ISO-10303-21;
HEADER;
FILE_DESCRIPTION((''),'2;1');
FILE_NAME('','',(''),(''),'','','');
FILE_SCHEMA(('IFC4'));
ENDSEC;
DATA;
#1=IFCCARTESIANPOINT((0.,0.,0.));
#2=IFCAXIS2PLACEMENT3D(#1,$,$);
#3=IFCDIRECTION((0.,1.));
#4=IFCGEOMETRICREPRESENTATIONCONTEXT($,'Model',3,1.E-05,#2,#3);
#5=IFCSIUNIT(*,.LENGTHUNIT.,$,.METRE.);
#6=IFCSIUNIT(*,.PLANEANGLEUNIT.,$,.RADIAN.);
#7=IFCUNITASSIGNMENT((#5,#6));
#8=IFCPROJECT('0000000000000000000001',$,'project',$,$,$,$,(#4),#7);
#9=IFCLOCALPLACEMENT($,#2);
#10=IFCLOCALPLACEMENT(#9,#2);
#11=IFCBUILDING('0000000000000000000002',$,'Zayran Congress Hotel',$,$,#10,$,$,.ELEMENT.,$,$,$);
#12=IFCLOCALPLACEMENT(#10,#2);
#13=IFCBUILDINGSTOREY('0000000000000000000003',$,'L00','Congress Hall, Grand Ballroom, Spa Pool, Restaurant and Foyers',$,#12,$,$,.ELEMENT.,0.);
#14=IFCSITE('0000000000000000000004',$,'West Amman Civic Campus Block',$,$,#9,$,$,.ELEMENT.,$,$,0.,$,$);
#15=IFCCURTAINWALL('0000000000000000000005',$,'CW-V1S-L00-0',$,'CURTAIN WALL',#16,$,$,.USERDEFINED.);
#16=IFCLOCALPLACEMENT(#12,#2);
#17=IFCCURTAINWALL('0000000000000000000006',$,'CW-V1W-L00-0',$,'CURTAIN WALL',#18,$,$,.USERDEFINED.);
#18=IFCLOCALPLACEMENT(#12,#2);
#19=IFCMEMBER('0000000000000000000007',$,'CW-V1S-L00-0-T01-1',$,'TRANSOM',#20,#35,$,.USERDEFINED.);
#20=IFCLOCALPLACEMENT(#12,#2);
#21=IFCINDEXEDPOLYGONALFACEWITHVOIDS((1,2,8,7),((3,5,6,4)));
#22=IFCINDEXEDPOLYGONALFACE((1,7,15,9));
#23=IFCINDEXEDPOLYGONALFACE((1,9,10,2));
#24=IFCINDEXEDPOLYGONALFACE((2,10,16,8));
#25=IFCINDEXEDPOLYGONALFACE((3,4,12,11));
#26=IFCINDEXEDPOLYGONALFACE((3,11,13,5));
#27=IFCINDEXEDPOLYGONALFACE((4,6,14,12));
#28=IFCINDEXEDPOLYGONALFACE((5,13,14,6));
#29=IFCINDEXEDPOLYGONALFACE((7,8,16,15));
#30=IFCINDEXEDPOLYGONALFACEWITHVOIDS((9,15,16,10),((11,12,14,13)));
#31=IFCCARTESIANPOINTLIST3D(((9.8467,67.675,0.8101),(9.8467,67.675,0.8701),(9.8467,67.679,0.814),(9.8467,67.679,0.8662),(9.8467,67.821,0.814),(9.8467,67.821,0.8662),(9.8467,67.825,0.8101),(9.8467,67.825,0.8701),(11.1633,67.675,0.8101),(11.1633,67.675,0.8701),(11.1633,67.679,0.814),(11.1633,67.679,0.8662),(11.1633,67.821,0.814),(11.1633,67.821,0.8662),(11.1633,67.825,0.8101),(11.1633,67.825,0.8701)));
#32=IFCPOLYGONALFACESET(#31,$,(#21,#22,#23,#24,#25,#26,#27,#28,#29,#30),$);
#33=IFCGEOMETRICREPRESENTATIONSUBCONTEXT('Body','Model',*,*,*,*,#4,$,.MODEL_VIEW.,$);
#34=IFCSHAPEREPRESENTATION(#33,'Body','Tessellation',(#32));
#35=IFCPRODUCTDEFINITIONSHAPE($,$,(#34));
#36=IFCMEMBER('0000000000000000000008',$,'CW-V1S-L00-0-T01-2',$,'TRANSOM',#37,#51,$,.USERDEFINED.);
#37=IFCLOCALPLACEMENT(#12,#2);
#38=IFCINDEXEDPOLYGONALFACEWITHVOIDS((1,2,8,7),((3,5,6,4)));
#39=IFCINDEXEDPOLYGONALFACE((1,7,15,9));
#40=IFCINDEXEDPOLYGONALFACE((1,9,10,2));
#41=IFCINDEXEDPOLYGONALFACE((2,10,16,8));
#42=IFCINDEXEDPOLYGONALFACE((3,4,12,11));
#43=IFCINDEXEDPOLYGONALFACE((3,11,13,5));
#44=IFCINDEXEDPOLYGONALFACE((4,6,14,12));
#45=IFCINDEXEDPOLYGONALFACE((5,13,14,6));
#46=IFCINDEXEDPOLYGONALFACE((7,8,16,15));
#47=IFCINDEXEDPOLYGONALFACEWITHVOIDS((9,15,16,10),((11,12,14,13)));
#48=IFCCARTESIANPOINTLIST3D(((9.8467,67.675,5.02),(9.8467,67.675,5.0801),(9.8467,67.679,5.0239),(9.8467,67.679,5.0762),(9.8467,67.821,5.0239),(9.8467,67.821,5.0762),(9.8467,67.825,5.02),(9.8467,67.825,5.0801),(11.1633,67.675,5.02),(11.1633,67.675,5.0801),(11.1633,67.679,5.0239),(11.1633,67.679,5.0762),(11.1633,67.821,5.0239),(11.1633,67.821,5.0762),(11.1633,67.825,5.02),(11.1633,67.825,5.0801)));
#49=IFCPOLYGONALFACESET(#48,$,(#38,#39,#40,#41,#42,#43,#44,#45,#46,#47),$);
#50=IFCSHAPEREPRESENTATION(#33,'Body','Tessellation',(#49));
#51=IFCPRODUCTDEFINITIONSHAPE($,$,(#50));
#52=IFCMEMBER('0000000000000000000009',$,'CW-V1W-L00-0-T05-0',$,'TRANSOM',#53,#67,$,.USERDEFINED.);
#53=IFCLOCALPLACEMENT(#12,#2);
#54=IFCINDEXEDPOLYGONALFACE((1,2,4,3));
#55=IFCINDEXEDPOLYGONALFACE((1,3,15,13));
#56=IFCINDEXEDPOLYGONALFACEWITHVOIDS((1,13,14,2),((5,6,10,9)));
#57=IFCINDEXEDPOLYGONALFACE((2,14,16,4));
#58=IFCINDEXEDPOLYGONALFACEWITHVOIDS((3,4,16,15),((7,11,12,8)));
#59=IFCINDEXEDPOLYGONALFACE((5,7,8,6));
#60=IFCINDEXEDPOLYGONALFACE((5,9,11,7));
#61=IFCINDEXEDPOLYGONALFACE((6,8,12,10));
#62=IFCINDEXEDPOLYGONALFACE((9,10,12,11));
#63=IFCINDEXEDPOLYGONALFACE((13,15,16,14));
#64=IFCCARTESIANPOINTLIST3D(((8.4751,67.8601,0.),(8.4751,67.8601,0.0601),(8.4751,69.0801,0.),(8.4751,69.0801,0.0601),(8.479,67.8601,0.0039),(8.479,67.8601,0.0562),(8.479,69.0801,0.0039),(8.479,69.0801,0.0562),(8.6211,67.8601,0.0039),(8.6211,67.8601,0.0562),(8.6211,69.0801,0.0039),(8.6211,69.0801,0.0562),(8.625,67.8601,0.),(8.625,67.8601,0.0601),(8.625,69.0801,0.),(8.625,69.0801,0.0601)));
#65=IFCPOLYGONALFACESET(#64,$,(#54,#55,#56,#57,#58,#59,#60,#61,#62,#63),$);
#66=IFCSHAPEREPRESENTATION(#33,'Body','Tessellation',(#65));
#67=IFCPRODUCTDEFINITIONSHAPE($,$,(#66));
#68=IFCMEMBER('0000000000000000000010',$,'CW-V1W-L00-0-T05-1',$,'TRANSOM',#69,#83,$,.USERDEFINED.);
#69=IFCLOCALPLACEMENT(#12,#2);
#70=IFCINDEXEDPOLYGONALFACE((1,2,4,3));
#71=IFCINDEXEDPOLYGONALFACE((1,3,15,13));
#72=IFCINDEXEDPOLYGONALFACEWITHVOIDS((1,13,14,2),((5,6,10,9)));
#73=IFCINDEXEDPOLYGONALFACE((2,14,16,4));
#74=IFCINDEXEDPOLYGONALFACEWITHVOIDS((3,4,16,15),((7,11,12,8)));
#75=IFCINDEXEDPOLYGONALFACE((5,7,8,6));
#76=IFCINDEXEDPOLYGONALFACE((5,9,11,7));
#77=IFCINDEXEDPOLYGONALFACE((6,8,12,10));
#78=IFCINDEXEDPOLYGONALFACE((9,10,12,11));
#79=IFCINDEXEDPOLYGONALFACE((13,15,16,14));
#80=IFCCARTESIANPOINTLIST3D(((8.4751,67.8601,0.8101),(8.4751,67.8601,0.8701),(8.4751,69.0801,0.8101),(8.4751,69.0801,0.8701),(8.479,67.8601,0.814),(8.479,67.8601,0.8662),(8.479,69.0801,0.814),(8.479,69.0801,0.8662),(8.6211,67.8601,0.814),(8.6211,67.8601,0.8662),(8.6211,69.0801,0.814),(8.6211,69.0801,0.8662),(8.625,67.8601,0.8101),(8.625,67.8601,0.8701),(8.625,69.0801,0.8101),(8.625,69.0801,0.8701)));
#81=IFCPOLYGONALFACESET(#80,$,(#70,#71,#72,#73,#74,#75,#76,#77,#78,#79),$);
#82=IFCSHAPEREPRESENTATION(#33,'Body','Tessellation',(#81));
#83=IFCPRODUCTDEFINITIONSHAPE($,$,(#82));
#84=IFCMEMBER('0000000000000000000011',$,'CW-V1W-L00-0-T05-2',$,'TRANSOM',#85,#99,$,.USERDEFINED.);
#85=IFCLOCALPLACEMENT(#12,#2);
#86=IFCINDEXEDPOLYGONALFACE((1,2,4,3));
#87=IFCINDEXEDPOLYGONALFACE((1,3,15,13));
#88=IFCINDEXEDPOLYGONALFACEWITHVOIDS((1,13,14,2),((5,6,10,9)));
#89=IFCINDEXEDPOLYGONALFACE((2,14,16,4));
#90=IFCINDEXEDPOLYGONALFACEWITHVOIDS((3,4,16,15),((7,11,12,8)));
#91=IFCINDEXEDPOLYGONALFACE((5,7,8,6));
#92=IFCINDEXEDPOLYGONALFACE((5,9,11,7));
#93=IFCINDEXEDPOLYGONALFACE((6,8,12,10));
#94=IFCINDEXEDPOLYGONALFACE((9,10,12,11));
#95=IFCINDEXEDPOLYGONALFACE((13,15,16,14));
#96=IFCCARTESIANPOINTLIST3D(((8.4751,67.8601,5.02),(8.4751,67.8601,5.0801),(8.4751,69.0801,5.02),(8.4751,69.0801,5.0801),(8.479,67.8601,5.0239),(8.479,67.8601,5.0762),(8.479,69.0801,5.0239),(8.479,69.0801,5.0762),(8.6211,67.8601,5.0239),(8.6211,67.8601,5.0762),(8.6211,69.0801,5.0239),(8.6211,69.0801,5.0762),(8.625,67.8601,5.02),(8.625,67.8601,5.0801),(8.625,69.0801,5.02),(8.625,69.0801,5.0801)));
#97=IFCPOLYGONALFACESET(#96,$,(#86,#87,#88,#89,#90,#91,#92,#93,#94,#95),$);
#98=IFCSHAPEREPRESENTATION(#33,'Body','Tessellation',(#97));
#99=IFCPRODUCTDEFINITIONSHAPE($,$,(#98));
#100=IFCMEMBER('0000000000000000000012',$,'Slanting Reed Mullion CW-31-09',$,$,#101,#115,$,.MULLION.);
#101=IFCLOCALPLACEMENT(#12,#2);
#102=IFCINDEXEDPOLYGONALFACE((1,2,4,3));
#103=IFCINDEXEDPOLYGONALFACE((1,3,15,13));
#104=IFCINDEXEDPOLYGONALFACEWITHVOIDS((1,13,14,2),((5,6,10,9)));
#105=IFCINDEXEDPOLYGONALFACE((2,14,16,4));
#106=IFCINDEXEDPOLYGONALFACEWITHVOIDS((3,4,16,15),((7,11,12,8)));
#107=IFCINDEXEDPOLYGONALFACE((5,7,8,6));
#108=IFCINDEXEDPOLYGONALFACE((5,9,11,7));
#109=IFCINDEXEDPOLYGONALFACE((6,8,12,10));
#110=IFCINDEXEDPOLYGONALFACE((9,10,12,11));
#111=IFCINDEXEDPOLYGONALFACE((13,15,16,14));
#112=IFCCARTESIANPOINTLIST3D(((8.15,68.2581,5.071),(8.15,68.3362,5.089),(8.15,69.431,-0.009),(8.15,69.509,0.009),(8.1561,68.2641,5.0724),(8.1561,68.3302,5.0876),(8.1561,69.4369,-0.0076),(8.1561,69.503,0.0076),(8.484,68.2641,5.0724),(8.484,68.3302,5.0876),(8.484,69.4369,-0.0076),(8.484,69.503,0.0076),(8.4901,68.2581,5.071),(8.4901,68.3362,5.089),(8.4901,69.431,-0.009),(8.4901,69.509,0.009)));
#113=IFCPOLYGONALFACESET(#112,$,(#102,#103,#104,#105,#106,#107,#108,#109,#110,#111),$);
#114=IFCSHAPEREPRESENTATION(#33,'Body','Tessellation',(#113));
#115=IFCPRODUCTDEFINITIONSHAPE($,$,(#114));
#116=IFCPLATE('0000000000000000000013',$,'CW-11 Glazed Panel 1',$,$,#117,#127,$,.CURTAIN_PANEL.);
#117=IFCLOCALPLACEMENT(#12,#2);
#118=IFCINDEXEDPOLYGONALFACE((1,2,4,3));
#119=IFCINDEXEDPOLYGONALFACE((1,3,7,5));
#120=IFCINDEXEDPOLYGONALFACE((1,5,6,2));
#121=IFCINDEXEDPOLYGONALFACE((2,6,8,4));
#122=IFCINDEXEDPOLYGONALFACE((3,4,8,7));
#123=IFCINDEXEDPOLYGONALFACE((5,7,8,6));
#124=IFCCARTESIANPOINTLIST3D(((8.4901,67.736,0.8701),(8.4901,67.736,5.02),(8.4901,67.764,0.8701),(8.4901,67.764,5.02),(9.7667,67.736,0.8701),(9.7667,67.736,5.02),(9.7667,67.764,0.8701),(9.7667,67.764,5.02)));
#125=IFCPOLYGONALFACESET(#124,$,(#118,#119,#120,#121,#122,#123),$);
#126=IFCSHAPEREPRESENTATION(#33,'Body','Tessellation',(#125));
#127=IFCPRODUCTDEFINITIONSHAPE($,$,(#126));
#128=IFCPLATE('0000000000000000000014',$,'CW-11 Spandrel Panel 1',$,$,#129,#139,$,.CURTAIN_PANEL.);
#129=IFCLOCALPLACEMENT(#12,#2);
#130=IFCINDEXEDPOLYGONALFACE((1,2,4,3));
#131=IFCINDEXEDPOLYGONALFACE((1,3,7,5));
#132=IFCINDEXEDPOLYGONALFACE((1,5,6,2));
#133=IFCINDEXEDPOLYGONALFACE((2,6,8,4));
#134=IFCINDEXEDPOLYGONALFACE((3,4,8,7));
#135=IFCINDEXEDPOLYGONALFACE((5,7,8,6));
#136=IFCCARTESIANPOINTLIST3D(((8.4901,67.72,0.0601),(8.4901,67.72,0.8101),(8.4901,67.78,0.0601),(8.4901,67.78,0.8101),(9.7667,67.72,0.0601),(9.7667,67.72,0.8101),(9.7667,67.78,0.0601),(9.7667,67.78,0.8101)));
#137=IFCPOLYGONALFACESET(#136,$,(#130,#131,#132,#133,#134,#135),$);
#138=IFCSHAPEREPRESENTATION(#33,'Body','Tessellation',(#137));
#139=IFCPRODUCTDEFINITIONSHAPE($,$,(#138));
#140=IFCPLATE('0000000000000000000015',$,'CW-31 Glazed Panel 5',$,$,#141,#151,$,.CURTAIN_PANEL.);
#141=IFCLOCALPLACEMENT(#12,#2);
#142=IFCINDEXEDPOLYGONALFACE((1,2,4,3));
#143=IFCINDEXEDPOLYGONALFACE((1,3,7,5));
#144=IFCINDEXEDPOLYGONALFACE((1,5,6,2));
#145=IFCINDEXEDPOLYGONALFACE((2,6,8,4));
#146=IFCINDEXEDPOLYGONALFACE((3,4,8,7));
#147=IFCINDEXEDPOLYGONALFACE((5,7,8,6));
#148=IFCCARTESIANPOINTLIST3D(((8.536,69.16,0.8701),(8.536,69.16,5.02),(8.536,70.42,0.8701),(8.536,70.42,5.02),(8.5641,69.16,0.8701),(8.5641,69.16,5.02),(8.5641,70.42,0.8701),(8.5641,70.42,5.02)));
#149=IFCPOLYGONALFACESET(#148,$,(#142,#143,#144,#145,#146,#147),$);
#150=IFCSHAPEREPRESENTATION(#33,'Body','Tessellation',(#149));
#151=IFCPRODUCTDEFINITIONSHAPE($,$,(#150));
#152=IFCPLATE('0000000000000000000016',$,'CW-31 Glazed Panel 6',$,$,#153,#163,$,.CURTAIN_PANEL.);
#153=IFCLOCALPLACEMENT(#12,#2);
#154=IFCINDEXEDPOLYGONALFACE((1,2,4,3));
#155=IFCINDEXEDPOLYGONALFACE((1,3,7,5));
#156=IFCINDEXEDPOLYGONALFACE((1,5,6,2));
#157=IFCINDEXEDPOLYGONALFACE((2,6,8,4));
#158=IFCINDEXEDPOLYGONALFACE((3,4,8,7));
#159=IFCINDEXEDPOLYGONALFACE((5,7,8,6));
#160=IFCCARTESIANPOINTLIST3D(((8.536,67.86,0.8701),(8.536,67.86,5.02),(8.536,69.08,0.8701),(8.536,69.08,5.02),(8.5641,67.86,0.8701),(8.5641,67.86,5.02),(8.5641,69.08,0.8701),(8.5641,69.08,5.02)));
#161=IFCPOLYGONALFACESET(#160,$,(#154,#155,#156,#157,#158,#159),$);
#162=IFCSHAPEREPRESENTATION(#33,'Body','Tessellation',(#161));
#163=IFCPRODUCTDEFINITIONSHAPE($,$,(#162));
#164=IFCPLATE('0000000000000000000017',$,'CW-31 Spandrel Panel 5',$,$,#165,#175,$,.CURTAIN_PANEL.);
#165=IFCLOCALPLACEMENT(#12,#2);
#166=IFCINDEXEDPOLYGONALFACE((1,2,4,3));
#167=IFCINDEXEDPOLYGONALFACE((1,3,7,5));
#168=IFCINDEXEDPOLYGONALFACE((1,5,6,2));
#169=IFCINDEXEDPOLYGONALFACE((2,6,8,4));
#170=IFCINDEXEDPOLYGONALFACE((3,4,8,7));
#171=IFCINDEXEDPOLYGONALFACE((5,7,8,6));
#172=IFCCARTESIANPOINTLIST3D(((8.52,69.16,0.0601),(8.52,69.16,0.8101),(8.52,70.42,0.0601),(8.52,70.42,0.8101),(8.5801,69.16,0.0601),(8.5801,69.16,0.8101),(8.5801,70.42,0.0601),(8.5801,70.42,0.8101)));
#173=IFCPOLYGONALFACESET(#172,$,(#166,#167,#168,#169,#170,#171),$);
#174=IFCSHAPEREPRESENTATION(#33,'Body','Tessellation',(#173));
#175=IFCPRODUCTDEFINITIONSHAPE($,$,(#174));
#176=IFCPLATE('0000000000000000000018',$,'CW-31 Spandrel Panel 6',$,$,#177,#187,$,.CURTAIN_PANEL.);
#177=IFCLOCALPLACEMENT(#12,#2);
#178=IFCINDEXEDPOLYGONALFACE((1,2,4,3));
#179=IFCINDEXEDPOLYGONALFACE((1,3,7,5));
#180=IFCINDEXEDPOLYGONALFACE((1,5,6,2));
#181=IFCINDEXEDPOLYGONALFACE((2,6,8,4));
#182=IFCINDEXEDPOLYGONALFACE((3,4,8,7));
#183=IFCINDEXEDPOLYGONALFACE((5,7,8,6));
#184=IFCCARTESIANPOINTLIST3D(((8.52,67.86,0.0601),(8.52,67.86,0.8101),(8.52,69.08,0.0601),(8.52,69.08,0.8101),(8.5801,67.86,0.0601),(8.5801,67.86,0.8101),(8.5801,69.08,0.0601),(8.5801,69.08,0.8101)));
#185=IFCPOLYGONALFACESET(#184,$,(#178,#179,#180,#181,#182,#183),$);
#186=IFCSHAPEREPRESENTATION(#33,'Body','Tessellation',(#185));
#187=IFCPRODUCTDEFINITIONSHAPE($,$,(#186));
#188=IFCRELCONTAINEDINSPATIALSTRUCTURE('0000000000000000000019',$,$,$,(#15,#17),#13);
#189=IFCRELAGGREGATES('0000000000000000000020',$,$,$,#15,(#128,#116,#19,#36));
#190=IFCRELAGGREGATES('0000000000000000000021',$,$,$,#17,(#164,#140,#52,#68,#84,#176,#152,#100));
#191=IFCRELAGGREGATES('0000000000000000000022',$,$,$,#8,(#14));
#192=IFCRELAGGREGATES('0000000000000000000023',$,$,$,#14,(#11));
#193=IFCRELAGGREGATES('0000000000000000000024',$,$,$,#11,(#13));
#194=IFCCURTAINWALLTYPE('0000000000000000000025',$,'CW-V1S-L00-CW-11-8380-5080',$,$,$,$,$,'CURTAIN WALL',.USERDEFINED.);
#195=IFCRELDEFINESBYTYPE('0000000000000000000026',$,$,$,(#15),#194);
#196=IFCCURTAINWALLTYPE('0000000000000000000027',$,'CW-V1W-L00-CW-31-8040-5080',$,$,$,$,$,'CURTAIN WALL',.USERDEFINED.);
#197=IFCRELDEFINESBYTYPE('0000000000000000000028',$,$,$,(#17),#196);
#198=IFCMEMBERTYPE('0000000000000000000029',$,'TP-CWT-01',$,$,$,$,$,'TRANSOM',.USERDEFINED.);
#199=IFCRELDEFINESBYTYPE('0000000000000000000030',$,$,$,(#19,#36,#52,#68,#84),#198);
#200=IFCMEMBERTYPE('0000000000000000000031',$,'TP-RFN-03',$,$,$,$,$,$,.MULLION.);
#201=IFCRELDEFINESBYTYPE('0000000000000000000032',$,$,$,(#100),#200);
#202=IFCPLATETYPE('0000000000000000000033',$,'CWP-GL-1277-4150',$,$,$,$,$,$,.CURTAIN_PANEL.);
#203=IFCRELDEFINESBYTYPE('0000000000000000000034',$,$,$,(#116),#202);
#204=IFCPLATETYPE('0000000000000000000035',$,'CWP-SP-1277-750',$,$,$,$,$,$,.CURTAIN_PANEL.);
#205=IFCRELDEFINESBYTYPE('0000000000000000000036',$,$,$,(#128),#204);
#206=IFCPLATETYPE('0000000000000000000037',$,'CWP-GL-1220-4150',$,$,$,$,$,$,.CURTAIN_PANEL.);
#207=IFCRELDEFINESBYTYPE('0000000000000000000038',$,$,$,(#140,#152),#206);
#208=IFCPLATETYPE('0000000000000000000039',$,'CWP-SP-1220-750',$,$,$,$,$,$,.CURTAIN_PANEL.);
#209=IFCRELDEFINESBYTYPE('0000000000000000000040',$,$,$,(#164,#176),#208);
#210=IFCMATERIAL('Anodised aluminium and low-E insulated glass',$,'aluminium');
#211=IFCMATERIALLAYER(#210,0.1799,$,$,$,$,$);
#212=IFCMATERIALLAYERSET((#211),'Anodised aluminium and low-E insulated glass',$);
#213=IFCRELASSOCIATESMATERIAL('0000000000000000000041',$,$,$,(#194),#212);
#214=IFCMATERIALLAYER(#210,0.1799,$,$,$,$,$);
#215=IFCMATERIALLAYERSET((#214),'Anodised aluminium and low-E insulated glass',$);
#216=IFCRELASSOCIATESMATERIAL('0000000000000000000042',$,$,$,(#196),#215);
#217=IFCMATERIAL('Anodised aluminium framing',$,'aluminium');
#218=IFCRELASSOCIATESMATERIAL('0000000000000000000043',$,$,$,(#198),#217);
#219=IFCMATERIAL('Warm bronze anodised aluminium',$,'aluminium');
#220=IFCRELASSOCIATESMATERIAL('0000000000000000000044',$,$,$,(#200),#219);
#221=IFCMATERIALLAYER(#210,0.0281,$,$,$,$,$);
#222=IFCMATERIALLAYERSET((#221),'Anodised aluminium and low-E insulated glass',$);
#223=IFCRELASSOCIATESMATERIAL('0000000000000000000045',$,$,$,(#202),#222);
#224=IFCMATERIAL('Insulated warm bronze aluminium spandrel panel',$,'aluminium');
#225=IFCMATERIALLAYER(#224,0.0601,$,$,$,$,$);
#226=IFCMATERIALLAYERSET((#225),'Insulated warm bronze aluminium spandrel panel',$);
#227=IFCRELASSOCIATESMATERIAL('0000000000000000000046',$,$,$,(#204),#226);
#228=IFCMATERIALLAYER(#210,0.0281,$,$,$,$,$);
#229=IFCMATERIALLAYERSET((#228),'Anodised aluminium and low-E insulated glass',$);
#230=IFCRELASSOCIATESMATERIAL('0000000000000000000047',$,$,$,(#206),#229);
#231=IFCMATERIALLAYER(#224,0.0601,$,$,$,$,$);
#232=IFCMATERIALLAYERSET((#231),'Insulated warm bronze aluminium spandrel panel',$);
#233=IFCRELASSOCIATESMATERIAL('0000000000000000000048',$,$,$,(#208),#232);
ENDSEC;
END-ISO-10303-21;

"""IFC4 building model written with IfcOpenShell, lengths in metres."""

from ifc_helpers import new_model, si_unit, direction, frame, origin, origin_2d, place, context, subcontext, project, spatial, rectangle, hollow_rectangle, extrude, material, layer, layer_set, material_profile, profile_set, type_object, element, aggregate, save


model = new_model("IFC4")

# Units and contexts
model_context = context("Model", 3, precision=1e-05, world=origin(), true_north=direction((0.0, 1.0)))
body_context = subcontext(model_context, "Body", "Model", "MODEL_VIEW")
ifc_project = project(units=[si_unit("LENGTHUNIT", "METRE"), si_unit("PLANEANGLEUNIT", "RADIAN")], contexts=[model_context])

# Site, building, storey
site_placement = place(None, origin())
site = spatial("IfcSite", under=ifc_project, at=site_placement, Name="West Amman Civic Campus Block", CompositionType="ELEMENT", RefElevation=0.0)
building_placement = place(site_placement, origin())
building = spatial("IfcBuilding", under=site, at=building_placement, Name="Zayran Congress Hotel", CompositionType="ELEMENT")
storey_placement = place(building_placement, origin())
storey = spatial("IfcBuildingStorey", under=building, at=storey_placement, Name="L00", Description="Congress Hall, Grand Ballroom, Spa Pool, Restaurant and Foyers", CompositionType="ELEMENT", Elevation=0.0)

# Curtain walls
ifc_material_1 = material(Name="Anodised aluminium and low-E insulated glass", Category="aluminium")
ifc_layer_1 = layer(ifc_material_1, 0.1799)
ifc_layer_set_1 = layer_set([ifc_layer_1], Name="Anodised aluminium and low-E insulated glass")
curtain_wall_type_1 = type_object("IfcCurtainWallType", Name="CW-V1S-L00-CW-11-8380-5080", ElementType="CURTAIN WALL", PredefinedType="USERDEFINED", material=ifc_layer_set_1)
curtain_wall_1_placement = place(storey_placement, origin())
curtain_wall_1 = element("IfcCurtainWall", 1, at=curtain_wall_1_placement, inside=storey, type_object=curtain_wall_type_1, Name="CW-V1S-L00-0", ObjectType="CURTAIN WALL", PredefinedType="USERDEFINED")
ifc_material_2 = material(Name="Anodised aluminium framing", Category="aluminium")
ifc_layer_2 = layer(ifc_material_1, 0.1799)
ifc_layer_set_2 = layer_set([ifc_layer_2], Name="Anodised aluminium and low-E insulated glass")
curtain_wall_type_2 = type_object("IfcCurtainWallType", Name="CW-V1W-L00-CW-31-8040-5080", ElementType="CURTAIN WALL", PredefinedType="USERDEFINED", material=ifc_layer_set_2)
curtain_wall_2_placement = place(storey_placement, origin())
curtain_wall_2 = element("IfcCurtainWall", 2, at=curtain_wall_2_placement, inside=storey, type_object=curtain_wall_type_2, Name="CW-V1W-L00-0", ObjectType="CURTAIN WALL", PredefinedType="USERDEFINED")

# Members
ifc_material_profile_1 = material_profile(ifc_material_2, hollow_rectangle(XDim=0.0601, YDim=0.1499, WallThickness=0.0039, at=origin_2d()), Name="RHS 150x60x4")
ifc_profile_set_1 = profile_set([ifc_material_profile_1], Name="Anodised aluminium framing")
member_type_1 = type_object("IfcMemberType", Name="TP-CWT-01", ElementType="TRANSOM", PredefinedType="USERDEFINED", material=ifc_profile_set_1)
member_1_placement = place(storey_placement, frame((9.8467, 67.75, 0.8401), z_axis=(1.0, 0.0, 0.0), x_axis=(0.0, 0.0, 1.0)))
member_1 = element("IfcMember", 3, at=member_1_placement, type_object=member_type_1, Name="CW-V1S-L00-0-T01-1", ObjectType="TRANSOM", PredefinedType="USERDEFINED", context=body_context, shape_type="SweptSolid", body=[
    extrude(hollow_rectangle(XDim=0.0601, YDim=0.1499, WallThickness=0.0039, at=origin_2d()), origin(), (0.0, 0.0, 1.0), 1.3167),
])
member_2_placement = place(storey_placement, frame((9.8467, 67.75, 5.05), z_axis=(1.0, 0.0, 0.0), x_axis=(0.0, 0.0, 1.0)))
member_2 = element("IfcMember", 4, at=member_2_placement, type_object=member_type_1, Name="CW-V1S-L00-0-T01-2", ObjectType="TRANSOM", PredefinedType="USERDEFINED", context=body_context, shape_type="SweptSolid", body=[
    extrude(hollow_rectangle(XDim=0.0601, YDim=0.1499, WallThickness=0.0039, at=origin_2d()), origin(), (0.0, 0.0, 1.0), 1.3167),
])
member_3_placement = place(storey_placement, frame((8.55, 69.0801, 0.03), z_axis=(0.0, -1.0, 0.0), x_axis=(0.0, 0.0, 1.0)))
member_3 = element("IfcMember", 5, at=member_3_placement, type_object=member_type_1, Name="CW-V1W-L00-0-T05-0", ObjectType="TRANSOM", PredefinedType="USERDEFINED", context=body_context, shape_type="SweptSolid", body=[
    extrude(hollow_rectangle(XDim=0.0601, YDim=0.1499, WallThickness=0.0039, at=origin_2d()), origin(), (0.0, 0.0, 1.0), 1.22),
])
member_4_placement = place(storey_placement, frame((8.55, 69.0801, 0.8401), z_axis=(0.0, -1.0, 0.0), x_axis=(0.0, 0.0, 1.0)))
member_4 = element("IfcMember", 6, at=member_4_placement, type_object=member_type_1, Name="CW-V1W-L00-0-T05-1", ObjectType="TRANSOM", PredefinedType="USERDEFINED", context=body_context, shape_type="SweptSolid", body=[
    extrude(hollow_rectangle(XDim=0.0601, YDim=0.1499, WallThickness=0.0039, at=origin_2d()), origin(), (0.0, 0.0, 1.0), 1.22),
])
member_5_placement = place(storey_placement, frame((8.55, 69.0801, 5.05), z_axis=(0.0, -1.0, 0.0), x_axis=(0.0, 0.0, 1.0)))
member_5 = element("IfcMember", 7, at=member_5_placement, type_object=member_type_1, Name="CW-V1W-L00-0-T05-2", ObjectType="TRANSOM", PredefinedType="USERDEFINED", context=body_context, shape_type="SweptSolid", body=[
    extrude(hollow_rectangle(XDim=0.0601, YDim=0.1499, WallThickness=0.0039, at=origin_2d()), origin(), (0.0, 0.0, 1.0), 1.22),
])
ifc_material_3 = material(Name="Warm bronze anodised aluminium", Category="aluminium")
ifc_material_profile_2 = material_profile(ifc_material_3, hollow_rectangle(XDim=0.0801, YDim=0.3401, WallThickness=0.0061, at=origin_2d()), Name="RHS 340x80x6")
ifc_profile_set_2 = profile_set([ifc_material_profile_2], Name="Warm bronze anodised aluminium")
member_type_2 = type_object("IfcMemberType", Name="TP-RFN-03", PredefinedType="MULLION", material=ifc_profile_set_2)
member_6_placement = place(storey_placement, frame((8.3201, 69.47, 0.0), z_axis=(0.0, -0.224955, 0.974369), x_axis=(0.0, 0.974369, 0.224955)))
member_6 = element("IfcMember", 8, at=member_6_placement, type_object=member_type_2, Name="Slanting Reed Mullion CW-31-09", PredefinedType="MULLION", context=body_context, shape_type="SweptSolid", body=[
    extrude(hollow_rectangle(XDim=0.0801, YDim=0.3401, WallThickness=0.0061, at=origin_2d()), origin(), (0.0, 0.0, 1.0), 5.2136),
])

# Plates
ifc_layer_3 = layer(ifc_material_1, 0.0281)
ifc_layer_set_3 = layer_set([ifc_layer_3], Name="Anodised aluminium and low-E insulated glass")
plate_type_1 = type_object("IfcPlateType", Name="CWP-GL-1277-4150", PredefinedType="CURTAIN_PANEL", material=ifc_layer_set_3)
plate_1_placement = place(storey_placement, frame((9.1284, 67.75, 0.8701), z_axis=(0.0, 0.0, 1.0), x_axis=(1.0, 0.0, 0.0)))
plate_1 = element("IfcPlate", 9, at=plate_1_placement, type_object=plate_type_1, Name="CW-11 Glazed Panel 1", PredefinedType="CURTAIN_PANEL", context=body_context, shape_type="SweptSolid", body=[
    extrude(rectangle(XDim=1.2766, YDim=0.0281, at=origin_2d()), origin(), (0.0, 0.0, 1.0), 4.1499),
])
ifc_material_4 = material(Name="Insulated warm bronze aluminium spandrel panel", Category="aluminium")
ifc_layer_4 = layer(ifc_material_4, 0.0601)
ifc_layer_set_4 = layer_set([ifc_layer_4], Name="Insulated warm bronze aluminium spandrel panel")
plate_type_2 = type_object("IfcPlateType", Name="CWP-SP-1277-750", PredefinedType="CURTAIN_PANEL", material=ifc_layer_set_4)
plate_2_placement = place(storey_placement, frame((9.1284, 67.75, 0.0601), z_axis=(0.0, 0.0, 1.0), x_axis=(1.0, 0.0, 0.0)))
plate_2 = element("IfcPlate", 10, at=plate_2_placement, type_object=plate_type_2, Name="CW-11 Spandrel Panel 1", PredefinedType="CURTAIN_PANEL", context=body_context, shape_type="SweptSolid", body=[
    extrude(rectangle(XDim=1.2766, YDim=0.0601, at=origin_2d()), origin(), (0.0, 0.0, 1.0), 0.75),
])
aggregate(curtain_wall_1, [plate_2, plate_1, member_1, member_2])
ifc_layer_5 = layer(ifc_material_1, 0.0281)
ifc_layer_set_5 = layer_set([ifc_layer_5], Name="Anodised aluminium and low-E insulated glass")
plate_type_3 = type_object("IfcPlateType", Name="CWP-GL-1220-4150", PredefinedType="CURTAIN_PANEL", material=ifc_layer_set_5)
plate_3_placement = place(storey_placement, frame((8.55, 69.79, 0.8701), z_axis=(0.0, 0.0, 1.0), x_axis=(0.0, 1.0, 0.0)))
plate_3 = element("IfcPlate", 11, at=plate_3_placement, type_object=plate_type_3, Name="CW-31 Glazed Panel 5", PredefinedType="CURTAIN_PANEL", context=body_context, shape_type="SweptSolid", body=[
    extrude(rectangle(XDim=1.26, YDim=0.0281, at=origin_2d()), origin(), (0.0, 0.0, 1.0), 4.1499),
])
plate_4_placement = place(storey_placement, frame((8.55, 68.47, 0.8701), z_axis=(0.0, 0.0, 1.0), x_axis=(0.0, 1.0, 0.0)))
plate_4 = element("IfcPlate", 12, at=plate_4_placement, type_object=plate_type_3, Name="CW-31 Glazed Panel 6", PredefinedType="CURTAIN_PANEL", context=body_context, shape_type="SweptSolid", body=[
    extrude(rectangle(XDim=1.22, YDim=0.0281, at=origin_2d()), origin(), (0.0, 0.0, 1.0), 4.1499),
])
ifc_layer_6 = layer(ifc_material_4, 0.0601)
ifc_layer_set_6 = layer_set([ifc_layer_6], Name="Insulated warm bronze aluminium spandrel panel")
plate_type_4 = type_object("IfcPlateType", Name="CWP-SP-1220-750", PredefinedType="CURTAIN_PANEL", material=ifc_layer_set_6)
plate_5_placement = place(storey_placement, frame((8.55, 69.79, 0.0601), z_axis=(0.0, 0.0, 1.0), x_axis=(0.0, 1.0, 0.0)))
plate_5 = element("IfcPlate", 13, at=plate_5_placement, type_object=plate_type_4, Name="CW-31 Spandrel Panel 5", PredefinedType="CURTAIN_PANEL", context=body_context, shape_type="SweptSolid", body=[
    extrude(rectangle(XDim=1.26, YDim=0.0601, at=origin_2d()), origin(), (0.0, 0.0, 1.0), 0.75),
])
plate_6_placement = place(storey_placement, frame((8.55, 68.47, 0.0601), z_axis=(0.0, 0.0, 1.0), x_axis=(0.0, 1.0, 0.0)))
plate_6 = element("IfcPlate", 14, at=plate_6_placement, type_object=plate_type_4, Name="CW-31 Spandrel Panel 6", PredefinedType="CURTAIN_PANEL", context=body_context, shape_type="SweptSolid", body=[
    extrude(rectangle(XDim=1.22, YDim=0.0601, at=origin_2d()), origin(), (0.0, 0.0, 1.0), 0.75),
])
aggregate(curtain_wall_2, [plate_5, plate_3, member_3, member_4, member_5, plate_6, plate_4, member_6])

save(model, "model.ifc")
